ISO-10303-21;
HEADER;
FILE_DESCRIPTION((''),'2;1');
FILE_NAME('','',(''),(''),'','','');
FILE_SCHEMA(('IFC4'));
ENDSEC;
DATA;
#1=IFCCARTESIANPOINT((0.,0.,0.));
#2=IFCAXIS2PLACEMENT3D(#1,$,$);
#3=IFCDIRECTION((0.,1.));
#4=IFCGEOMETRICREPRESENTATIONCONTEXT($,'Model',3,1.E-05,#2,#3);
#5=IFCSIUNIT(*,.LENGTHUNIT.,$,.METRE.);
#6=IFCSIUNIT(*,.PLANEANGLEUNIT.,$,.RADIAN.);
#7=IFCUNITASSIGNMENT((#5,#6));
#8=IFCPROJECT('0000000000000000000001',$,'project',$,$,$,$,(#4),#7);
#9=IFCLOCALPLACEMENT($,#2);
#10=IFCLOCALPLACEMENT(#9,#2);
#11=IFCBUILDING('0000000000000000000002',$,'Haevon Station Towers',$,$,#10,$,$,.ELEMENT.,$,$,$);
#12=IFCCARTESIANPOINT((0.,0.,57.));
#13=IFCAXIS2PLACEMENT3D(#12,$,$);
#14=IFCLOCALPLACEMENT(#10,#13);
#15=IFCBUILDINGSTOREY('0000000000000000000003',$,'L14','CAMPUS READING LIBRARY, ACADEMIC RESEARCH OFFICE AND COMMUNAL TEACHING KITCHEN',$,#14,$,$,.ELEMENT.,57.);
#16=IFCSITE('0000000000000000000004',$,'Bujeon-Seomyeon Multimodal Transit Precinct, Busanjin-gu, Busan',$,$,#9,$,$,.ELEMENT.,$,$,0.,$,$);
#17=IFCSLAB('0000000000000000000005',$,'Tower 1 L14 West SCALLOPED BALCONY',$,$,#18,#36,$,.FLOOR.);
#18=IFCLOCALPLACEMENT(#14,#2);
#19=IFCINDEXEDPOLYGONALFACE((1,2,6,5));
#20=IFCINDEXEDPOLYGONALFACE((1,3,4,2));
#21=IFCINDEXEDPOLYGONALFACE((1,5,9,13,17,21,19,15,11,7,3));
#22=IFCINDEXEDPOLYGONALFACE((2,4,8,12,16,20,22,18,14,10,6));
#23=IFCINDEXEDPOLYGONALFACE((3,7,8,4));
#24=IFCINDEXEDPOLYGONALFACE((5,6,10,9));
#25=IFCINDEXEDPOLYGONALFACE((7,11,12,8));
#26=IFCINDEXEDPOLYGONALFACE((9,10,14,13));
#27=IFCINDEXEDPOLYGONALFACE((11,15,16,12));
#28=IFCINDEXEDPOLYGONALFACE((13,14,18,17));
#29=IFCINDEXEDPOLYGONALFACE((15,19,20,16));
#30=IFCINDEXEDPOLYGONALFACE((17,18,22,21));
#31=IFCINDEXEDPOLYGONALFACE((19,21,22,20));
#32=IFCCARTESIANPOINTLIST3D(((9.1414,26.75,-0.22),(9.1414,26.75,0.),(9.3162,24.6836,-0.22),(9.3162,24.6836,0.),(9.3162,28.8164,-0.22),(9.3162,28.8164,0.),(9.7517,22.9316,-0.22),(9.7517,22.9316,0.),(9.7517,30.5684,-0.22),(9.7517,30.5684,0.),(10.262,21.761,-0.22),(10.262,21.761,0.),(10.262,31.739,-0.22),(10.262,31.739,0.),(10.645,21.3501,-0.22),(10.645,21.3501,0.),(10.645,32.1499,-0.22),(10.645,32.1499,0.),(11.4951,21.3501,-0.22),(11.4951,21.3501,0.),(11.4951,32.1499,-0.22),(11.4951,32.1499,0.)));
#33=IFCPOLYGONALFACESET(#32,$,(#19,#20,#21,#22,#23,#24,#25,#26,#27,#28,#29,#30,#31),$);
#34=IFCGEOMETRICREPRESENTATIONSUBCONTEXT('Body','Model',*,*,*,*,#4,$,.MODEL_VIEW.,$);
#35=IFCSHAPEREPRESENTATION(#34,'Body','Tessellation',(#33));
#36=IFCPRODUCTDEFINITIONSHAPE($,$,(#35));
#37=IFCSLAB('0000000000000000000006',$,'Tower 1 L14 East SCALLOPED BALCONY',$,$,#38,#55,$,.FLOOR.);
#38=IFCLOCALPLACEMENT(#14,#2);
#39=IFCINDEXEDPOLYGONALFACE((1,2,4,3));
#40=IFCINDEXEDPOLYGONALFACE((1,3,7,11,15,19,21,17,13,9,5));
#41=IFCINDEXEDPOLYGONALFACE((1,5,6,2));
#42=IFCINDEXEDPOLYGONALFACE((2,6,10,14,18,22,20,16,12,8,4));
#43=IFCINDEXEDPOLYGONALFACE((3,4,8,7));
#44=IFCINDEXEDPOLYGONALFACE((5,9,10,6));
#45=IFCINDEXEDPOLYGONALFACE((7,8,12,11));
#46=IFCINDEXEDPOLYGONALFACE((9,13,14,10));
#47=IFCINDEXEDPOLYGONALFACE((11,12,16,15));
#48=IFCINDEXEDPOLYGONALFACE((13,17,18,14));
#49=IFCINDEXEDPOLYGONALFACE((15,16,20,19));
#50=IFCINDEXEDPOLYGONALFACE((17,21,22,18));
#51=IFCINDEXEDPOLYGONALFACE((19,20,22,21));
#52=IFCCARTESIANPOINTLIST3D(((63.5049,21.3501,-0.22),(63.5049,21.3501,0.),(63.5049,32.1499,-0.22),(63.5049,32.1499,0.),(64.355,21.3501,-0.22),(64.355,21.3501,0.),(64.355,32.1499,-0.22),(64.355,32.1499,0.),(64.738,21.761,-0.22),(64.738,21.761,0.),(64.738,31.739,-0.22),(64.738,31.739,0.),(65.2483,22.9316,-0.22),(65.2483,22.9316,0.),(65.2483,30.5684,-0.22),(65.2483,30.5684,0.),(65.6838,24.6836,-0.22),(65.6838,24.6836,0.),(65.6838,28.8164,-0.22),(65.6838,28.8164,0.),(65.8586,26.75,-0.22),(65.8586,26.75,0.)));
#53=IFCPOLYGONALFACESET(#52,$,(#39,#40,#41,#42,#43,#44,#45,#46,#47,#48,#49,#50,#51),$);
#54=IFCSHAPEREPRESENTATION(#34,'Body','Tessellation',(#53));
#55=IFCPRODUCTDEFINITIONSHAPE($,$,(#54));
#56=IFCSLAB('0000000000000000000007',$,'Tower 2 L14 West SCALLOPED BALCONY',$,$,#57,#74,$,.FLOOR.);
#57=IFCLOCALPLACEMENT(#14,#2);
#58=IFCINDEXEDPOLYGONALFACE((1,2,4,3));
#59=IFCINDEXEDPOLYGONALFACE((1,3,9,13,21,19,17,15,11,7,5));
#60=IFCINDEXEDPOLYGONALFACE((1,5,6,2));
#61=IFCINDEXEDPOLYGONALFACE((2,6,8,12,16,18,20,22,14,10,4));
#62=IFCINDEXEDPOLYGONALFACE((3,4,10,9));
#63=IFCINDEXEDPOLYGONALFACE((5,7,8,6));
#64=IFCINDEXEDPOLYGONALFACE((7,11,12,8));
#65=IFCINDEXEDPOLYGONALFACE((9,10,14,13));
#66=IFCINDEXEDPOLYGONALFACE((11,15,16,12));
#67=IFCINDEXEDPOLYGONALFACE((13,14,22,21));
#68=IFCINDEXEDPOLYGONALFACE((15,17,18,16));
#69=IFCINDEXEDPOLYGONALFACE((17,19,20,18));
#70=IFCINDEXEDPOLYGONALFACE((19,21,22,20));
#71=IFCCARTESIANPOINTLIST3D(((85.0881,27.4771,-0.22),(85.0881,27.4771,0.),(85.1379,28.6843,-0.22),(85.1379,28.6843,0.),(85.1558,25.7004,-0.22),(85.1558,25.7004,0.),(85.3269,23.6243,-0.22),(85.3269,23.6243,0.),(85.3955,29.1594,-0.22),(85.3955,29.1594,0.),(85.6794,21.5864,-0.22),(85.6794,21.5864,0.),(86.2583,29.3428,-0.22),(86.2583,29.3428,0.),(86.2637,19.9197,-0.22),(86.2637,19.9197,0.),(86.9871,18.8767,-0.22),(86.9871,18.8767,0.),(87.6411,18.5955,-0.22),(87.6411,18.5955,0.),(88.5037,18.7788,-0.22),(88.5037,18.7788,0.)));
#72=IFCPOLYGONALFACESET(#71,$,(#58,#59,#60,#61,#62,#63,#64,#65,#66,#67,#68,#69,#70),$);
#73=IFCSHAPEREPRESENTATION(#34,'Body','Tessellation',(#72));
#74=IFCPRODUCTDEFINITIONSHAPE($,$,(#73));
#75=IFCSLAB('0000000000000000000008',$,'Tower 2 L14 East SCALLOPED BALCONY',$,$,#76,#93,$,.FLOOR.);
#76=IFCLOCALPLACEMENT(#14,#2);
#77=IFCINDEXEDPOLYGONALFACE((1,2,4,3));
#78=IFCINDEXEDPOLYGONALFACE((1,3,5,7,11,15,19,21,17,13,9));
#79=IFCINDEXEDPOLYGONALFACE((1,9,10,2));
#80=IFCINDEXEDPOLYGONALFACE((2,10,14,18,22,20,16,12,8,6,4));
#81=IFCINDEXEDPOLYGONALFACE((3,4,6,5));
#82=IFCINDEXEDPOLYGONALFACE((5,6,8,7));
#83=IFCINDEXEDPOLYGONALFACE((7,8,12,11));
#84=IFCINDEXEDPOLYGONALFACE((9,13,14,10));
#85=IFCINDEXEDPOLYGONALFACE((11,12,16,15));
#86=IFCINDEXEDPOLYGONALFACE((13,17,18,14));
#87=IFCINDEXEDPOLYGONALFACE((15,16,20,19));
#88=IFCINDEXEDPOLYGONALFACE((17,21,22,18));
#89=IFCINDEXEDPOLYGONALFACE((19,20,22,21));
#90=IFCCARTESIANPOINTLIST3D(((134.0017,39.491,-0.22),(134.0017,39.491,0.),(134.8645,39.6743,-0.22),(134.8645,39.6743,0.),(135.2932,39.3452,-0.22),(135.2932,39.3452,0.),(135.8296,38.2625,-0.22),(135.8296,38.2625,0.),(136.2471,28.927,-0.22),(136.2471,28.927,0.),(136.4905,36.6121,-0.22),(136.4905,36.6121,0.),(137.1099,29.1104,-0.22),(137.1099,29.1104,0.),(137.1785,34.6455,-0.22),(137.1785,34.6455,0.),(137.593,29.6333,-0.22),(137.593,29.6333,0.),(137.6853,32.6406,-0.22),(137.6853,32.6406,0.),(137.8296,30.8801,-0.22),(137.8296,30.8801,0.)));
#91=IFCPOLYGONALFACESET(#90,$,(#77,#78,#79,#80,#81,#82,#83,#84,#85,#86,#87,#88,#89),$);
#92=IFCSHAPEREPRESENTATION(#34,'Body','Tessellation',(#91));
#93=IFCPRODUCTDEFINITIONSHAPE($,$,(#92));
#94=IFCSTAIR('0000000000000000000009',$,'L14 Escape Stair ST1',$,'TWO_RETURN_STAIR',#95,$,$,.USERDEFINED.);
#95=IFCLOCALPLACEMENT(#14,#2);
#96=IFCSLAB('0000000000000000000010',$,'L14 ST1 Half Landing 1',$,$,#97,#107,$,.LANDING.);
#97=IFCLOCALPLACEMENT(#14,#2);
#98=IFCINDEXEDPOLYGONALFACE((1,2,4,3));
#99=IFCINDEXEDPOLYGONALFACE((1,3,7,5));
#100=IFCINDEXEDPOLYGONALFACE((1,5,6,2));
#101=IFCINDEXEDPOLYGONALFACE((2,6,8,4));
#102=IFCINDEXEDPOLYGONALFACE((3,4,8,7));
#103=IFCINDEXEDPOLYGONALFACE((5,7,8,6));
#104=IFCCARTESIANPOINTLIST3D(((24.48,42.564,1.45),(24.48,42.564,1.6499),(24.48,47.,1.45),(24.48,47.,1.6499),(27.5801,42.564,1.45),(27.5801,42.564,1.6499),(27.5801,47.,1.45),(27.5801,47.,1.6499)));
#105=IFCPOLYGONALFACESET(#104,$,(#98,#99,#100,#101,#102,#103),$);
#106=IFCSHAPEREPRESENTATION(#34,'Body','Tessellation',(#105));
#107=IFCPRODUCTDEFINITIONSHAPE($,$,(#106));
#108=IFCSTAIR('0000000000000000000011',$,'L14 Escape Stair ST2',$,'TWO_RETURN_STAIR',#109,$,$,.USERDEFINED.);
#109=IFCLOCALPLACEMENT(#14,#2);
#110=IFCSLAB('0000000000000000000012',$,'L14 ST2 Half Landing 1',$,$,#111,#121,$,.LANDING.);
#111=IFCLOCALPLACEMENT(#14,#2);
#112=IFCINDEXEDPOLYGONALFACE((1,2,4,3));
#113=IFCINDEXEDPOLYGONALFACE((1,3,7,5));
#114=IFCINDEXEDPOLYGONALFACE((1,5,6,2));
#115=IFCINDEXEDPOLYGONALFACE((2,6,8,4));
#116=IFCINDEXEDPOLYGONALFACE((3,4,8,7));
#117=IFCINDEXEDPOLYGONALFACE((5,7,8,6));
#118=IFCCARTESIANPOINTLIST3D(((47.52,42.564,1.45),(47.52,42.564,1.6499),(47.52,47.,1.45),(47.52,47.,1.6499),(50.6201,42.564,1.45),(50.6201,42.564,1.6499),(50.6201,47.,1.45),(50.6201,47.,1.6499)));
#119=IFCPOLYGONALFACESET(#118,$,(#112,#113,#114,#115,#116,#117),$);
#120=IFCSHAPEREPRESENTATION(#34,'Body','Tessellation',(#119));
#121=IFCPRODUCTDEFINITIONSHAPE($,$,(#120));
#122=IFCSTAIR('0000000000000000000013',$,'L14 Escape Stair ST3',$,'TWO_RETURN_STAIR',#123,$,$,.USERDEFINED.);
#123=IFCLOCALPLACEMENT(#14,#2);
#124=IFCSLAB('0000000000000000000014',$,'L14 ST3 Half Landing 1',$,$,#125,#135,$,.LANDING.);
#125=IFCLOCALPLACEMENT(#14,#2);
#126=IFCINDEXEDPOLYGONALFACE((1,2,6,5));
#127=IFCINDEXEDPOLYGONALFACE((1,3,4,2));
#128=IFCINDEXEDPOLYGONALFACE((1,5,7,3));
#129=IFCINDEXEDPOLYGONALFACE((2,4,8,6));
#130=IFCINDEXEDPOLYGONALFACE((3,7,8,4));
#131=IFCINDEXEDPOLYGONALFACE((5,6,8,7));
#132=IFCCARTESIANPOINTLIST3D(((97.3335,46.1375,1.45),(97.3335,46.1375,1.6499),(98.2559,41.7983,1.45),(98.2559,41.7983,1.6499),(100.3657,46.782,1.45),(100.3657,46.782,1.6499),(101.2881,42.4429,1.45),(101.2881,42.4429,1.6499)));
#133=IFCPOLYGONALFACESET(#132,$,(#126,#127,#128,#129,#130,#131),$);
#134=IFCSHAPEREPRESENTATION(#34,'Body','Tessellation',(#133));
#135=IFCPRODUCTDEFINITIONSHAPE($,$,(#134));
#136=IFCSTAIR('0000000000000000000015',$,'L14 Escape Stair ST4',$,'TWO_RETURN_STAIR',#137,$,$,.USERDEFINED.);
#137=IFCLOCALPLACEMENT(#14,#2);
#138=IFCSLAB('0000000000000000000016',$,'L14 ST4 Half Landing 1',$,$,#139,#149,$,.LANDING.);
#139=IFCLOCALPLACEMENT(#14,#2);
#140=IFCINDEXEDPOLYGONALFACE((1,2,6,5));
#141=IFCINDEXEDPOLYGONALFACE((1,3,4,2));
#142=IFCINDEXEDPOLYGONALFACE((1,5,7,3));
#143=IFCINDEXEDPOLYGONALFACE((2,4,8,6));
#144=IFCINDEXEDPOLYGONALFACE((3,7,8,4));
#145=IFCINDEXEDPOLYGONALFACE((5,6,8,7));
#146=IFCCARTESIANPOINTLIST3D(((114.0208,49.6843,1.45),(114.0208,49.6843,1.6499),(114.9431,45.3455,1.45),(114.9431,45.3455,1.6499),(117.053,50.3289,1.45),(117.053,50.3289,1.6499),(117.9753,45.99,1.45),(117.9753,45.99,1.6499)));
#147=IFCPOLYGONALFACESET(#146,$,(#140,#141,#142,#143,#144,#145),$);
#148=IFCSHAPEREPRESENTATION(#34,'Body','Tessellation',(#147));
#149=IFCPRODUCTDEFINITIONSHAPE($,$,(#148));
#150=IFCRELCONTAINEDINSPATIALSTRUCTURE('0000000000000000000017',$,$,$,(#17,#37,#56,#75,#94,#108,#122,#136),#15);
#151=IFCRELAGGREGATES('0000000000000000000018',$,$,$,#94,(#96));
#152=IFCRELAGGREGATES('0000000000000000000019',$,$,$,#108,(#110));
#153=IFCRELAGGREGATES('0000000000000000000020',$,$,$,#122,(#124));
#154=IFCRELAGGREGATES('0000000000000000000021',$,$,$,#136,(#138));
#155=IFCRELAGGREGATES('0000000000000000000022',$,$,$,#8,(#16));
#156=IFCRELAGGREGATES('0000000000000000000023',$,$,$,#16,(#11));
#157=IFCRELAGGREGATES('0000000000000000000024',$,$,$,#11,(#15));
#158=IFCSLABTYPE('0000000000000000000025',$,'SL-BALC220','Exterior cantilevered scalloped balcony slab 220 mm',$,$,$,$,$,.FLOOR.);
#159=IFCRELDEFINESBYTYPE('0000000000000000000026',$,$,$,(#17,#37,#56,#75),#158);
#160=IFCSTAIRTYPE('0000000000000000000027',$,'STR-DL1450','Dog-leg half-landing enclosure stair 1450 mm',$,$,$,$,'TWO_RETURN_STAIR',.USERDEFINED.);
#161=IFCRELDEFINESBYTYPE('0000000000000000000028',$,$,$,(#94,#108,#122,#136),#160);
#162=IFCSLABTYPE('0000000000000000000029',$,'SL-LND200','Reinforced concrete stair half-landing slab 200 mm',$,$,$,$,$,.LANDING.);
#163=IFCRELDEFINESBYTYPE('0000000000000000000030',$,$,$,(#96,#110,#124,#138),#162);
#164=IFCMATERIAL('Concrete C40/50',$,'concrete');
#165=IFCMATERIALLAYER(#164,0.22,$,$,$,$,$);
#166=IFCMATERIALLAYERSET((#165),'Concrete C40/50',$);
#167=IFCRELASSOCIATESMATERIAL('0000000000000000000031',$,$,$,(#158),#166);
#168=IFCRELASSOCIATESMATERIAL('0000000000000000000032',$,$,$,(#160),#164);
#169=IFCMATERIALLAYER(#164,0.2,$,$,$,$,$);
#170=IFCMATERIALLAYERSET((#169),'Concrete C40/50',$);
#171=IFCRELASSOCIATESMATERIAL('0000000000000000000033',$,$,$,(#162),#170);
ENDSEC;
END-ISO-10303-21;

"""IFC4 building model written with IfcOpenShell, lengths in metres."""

from ifc_helpers import new_model, si_unit, direction, frame, origin, place, context, subcontext, project, spatial, polyline, outline, extrude, material, layer, layer_set, type_object, element, aggregate, save


model = new_model("IFC4")

# Units and contexts
model_context = context("Model", 3, precision=1e-05, world=origin(), true_north=direction((0.0, 1.0)))
body_context = subcontext(model_context, "Body", "Model", "MODEL_VIEW")
ifc_project = project(units=[si_unit("LENGTHUNIT", "METRE"), si_unit("PLANEANGLEUNIT", "RADIAN")], contexts=[model_context])

# Site, building, storey
site_placement = place(None, origin())
site = spatial("IfcSite", under=ifc_project, at=site_placement, Name="Bujeon-Seomyeon Multimodal Transit Precinct, Busanjin-gu, Busan", CompositionType="ELEMENT", RefElevation=0.0)
building_placement = place(site_placement, origin())
building = spatial("IfcBuilding", under=site, at=building_placement, Name="Haevon Station Towers", CompositionType="ELEMENT")
storey_placement = place(building_placement, frame((0.0, 0.0, 57.0)))
storey = spatial("IfcBuildingStorey", under=building, at=storey_placement, Name="L14", Description="CAMPUS READING LIBRARY, ACADEMIC RESEARCH OFFICE AND COMMUNAL TEACHING KITCHEN", CompositionType="ELEMENT", Elevation=57.0)

# Slabs
ifc_material_1 = material(Name="Concrete C40/50", Category="concrete")
ifc_layer_1 = layer(ifc_material_1, 0.22)
ifc_layer_set_1 = layer_set([ifc_layer_1], Name="Concrete C40/50")
slab_type_1 = type_object("IfcSlabType", Name="SL-BALC220", Description="Exterior cantilevered scalloped balcony slab 220 mm", PredefinedType="FLOOR", material=ifc_layer_set_1)
slab_1_placement = place(storey_placement, frame((0.0, 0.0, -0.22)))
element("IfcSlab", 1, at=slab_1_placement, inside=storey, type_object=slab_type_1, Name="Tower 1 L14 West SCALLOPED BALCONY", PredefinedType="FLOOR", context=body_context, shape_type="SweptSolid", body=[
    extrude(outline(polyline([(11.4951, 32.1499), (10.645, 32.1499), (10.262, 31.739), (9.7517, 30.5684), (9.3162, 28.8164), (9.1414, 26.75), (9.3162, 24.6836), (9.7517, 22.9316), (10.262, 21.761), (10.645, 21.3501), (11.4951, 21.3501), (11.4951, 32.1499)])), origin(), (0.0, 0.0, 1.0), 0.22),
])
slab_2_placement = place(storey_placement, frame((0.0, 0.0, -0.22)))
element("IfcSlab", 2, at=slab_2_placement, inside=storey, type_object=slab_type_1, Name="Tower 1 L14 East SCALLOPED BALCONY", PredefinedType="FLOOR", context=body_context, shape_type="SweptSolid", body=[
    extrude(outline(polyline([(63.5049, 21.3501), (64.355, 21.3501), (64.738, 21.761), (65.2483, 22.9316), (65.6838, 24.6836), (65.8586, 26.75), (65.6838, 28.8164), (65.2483, 30.5684), (64.738, 31.739), (64.355, 32.1499), (63.5049, 32.1499), (63.5049, 21.3501)])), origin(), (0.0, 0.0, 1.0), 0.22),
])
slab_3_placement = place(storey_placement, frame((0.0, 0.0, -0.22)))
element("IfcSlab", 3, at=slab_3_placement, inside=storey, type_object=slab_type_1, Name="Tower 2 L14 West SCALLOPED BALCONY", PredefinedType="FLOOR", context=body_context, shape_type="SweptSolid", body=[
    extrude(outline(polyline([(86.2583, 29.3428), (85.3955, 29.1594), (85.1379, 28.6843), (85.0881, 27.4771), (85.1558, 25.7004), (85.3269, 23.6243), (85.6794, 21.5864), (86.2637, 19.9197), (86.9871, 18.8767), (87.6411, 18.5955), (88.5037, 18.7788), (86.2583, 29.3428)])), origin(), (0.0, 0.0, 1.0), 0.22),
])
slab_4_placement = place(storey_placement, frame((0.0, 0.0, -0.22)))
element("IfcSlab", 4, at=slab_4_placement, inside=storey, type_object=slab_type_1, Name="Tower 2 L14 East SCALLOPED BALCONY", PredefinedType="FLOOR", context=body_context, shape_type="SweptSolid", body=[
    extrude(outline(polyline([(136.2471, 28.927), (137.1099, 29.1104), (137.593, 29.6333), (137.8296, 30.8801), (137.6853, 32.6406), (137.1785, 34.6455), (136.4905, 36.6121), (135.8296, 38.2625), (135.2932, 39.3452), (134.8645, 39.6743), (134.0017, 39.491), (136.2471, 28.927)])), origin(), (0.0, 0.0, 1.0), 0.22),
])

# Stairs, slabs
stair_type = type_object("IfcStairType", Name="STR-DL1450", Description="Dog-leg half-landing enclosure stair 1450 mm", ElementType="TWO_RETURN_STAIR", PredefinedType="USERDEFINED", material=ifc_material_1)
stair_1_placement = place(storey_placement, origin())
stair_1 = element("IfcStair", 5, at=stair_1_placement, inside=storey, type_object=stair_type, Name="L14 Escape Stair ST1", ObjectType="TWO_RETURN_STAIR", PredefinedType="USERDEFINED")
ifc_layer_2 = layer(ifc_material_1, 0.2)
ifc_layer_set_2 = layer_set([ifc_layer_2], Name="Concrete C40/50")
slab_type_2 = type_object("IfcSlabType", Name="SL-LND200", Description="Reinforced concrete stair half-landing slab 200 mm", PredefinedType="LANDING", material=ifc_layer_set_2)
slab_5_placement = place(storey_placement, frame((0.0, 0.0, 1.45)))
slab_5 = element("IfcSlab", 6, at=slab_5_placement, type_object=slab_type_2, Name="L14 ST1 Half Landing 1", PredefinedType="LANDING", context=body_context, shape_type="SweptSolid", body=[
    extrude(outline(polyline([(27.5801, 42.564), (27.5801, 47.0), (24.48, 47.0), (24.48, 42.564), (27.5801, 42.564)])), origin(), (0.0, 0.0, 1.0), 0.2),
])
aggregate(stair_1, [slab_5])
stair_2_placement = place(storey_placement, origin())
stair_2 = element("IfcStair", 7, at=stair_2_placement, inside=storey, type_object=stair_type, Name="L14 Escape Stair ST2", ObjectType="TWO_RETURN_STAIR", PredefinedType="USERDEFINED")
slab_6_placement = place(storey_placement, frame((0.0, 0.0, 1.45)))
slab_6 = element("IfcSlab", 8, at=slab_6_placement, type_object=slab_type_2, Name="L14 ST2 Half Landing 1", PredefinedType="LANDING", context=body_context, shape_type="SweptSolid", body=[
    extrude(outline(polyline([(50.6201, 42.564), (50.6201, 47.0), (47.52, 47.0), (47.52, 42.564), (50.6201, 42.564)])), origin(), (0.0, 0.0, 1.0), 0.2),
])
aggregate(stair_2, [slab_6])
stair_3_placement = place(storey_placement, origin())
stair_3 = element("IfcStair", 9, at=stair_3_placement, inside=storey, type_object=stair_type, Name="L14 Escape Stair ST3", ObjectType="TWO_RETURN_STAIR", PredefinedType="USERDEFINED")
slab_7_placement = place(storey_placement, frame((0.0, 0.0, 1.45)))
slab_7 = element("IfcSlab", 10, at=slab_7_placement, type_object=slab_type_2, Name="L14 ST3 Half Landing 1", PredefinedType="LANDING", context=body_context, shape_type="SweptSolid", body=[
    extrude(outline(polyline([(101.2881, 42.4429), (100.3657, 46.782), (97.3335, 46.1375), (98.2559, 41.7983), (101.2881, 42.4429)])), origin(), (0.0, 0.0, 1.0), 0.2),
])
aggregate(stair_3, [slab_7])
stair_4_placement = place(storey_placement, origin())
stair_4 = element("IfcStair", 11, at=stair_4_placement, inside=storey, type_object=stair_type, Name="L14 Escape Stair ST4", ObjectType="TWO_RETURN_STAIR", PredefinedType="USERDEFINED")
slab_8_placement = place(storey_placement, frame((0.0, 0.0, 1.45)))
slab_8 = element("IfcSlab", 12, at=slab_8_placement, type_object=slab_type_2, Name="L14 ST4 Half Landing 1", PredefinedType="LANDING", context=body_context, shape_type="SweptSolid", body=[
    extrude(outline(polyline([(117.9753, 45.99), (117.053, 50.3289), (114.0208, 49.6843), (114.9431, 45.3455), (117.9753, 45.99)])), origin(), (0.0, 0.0, 1.0), 0.2),
])
aggregate(stair_4, [slab_8])

save(model, "model.ifc")
